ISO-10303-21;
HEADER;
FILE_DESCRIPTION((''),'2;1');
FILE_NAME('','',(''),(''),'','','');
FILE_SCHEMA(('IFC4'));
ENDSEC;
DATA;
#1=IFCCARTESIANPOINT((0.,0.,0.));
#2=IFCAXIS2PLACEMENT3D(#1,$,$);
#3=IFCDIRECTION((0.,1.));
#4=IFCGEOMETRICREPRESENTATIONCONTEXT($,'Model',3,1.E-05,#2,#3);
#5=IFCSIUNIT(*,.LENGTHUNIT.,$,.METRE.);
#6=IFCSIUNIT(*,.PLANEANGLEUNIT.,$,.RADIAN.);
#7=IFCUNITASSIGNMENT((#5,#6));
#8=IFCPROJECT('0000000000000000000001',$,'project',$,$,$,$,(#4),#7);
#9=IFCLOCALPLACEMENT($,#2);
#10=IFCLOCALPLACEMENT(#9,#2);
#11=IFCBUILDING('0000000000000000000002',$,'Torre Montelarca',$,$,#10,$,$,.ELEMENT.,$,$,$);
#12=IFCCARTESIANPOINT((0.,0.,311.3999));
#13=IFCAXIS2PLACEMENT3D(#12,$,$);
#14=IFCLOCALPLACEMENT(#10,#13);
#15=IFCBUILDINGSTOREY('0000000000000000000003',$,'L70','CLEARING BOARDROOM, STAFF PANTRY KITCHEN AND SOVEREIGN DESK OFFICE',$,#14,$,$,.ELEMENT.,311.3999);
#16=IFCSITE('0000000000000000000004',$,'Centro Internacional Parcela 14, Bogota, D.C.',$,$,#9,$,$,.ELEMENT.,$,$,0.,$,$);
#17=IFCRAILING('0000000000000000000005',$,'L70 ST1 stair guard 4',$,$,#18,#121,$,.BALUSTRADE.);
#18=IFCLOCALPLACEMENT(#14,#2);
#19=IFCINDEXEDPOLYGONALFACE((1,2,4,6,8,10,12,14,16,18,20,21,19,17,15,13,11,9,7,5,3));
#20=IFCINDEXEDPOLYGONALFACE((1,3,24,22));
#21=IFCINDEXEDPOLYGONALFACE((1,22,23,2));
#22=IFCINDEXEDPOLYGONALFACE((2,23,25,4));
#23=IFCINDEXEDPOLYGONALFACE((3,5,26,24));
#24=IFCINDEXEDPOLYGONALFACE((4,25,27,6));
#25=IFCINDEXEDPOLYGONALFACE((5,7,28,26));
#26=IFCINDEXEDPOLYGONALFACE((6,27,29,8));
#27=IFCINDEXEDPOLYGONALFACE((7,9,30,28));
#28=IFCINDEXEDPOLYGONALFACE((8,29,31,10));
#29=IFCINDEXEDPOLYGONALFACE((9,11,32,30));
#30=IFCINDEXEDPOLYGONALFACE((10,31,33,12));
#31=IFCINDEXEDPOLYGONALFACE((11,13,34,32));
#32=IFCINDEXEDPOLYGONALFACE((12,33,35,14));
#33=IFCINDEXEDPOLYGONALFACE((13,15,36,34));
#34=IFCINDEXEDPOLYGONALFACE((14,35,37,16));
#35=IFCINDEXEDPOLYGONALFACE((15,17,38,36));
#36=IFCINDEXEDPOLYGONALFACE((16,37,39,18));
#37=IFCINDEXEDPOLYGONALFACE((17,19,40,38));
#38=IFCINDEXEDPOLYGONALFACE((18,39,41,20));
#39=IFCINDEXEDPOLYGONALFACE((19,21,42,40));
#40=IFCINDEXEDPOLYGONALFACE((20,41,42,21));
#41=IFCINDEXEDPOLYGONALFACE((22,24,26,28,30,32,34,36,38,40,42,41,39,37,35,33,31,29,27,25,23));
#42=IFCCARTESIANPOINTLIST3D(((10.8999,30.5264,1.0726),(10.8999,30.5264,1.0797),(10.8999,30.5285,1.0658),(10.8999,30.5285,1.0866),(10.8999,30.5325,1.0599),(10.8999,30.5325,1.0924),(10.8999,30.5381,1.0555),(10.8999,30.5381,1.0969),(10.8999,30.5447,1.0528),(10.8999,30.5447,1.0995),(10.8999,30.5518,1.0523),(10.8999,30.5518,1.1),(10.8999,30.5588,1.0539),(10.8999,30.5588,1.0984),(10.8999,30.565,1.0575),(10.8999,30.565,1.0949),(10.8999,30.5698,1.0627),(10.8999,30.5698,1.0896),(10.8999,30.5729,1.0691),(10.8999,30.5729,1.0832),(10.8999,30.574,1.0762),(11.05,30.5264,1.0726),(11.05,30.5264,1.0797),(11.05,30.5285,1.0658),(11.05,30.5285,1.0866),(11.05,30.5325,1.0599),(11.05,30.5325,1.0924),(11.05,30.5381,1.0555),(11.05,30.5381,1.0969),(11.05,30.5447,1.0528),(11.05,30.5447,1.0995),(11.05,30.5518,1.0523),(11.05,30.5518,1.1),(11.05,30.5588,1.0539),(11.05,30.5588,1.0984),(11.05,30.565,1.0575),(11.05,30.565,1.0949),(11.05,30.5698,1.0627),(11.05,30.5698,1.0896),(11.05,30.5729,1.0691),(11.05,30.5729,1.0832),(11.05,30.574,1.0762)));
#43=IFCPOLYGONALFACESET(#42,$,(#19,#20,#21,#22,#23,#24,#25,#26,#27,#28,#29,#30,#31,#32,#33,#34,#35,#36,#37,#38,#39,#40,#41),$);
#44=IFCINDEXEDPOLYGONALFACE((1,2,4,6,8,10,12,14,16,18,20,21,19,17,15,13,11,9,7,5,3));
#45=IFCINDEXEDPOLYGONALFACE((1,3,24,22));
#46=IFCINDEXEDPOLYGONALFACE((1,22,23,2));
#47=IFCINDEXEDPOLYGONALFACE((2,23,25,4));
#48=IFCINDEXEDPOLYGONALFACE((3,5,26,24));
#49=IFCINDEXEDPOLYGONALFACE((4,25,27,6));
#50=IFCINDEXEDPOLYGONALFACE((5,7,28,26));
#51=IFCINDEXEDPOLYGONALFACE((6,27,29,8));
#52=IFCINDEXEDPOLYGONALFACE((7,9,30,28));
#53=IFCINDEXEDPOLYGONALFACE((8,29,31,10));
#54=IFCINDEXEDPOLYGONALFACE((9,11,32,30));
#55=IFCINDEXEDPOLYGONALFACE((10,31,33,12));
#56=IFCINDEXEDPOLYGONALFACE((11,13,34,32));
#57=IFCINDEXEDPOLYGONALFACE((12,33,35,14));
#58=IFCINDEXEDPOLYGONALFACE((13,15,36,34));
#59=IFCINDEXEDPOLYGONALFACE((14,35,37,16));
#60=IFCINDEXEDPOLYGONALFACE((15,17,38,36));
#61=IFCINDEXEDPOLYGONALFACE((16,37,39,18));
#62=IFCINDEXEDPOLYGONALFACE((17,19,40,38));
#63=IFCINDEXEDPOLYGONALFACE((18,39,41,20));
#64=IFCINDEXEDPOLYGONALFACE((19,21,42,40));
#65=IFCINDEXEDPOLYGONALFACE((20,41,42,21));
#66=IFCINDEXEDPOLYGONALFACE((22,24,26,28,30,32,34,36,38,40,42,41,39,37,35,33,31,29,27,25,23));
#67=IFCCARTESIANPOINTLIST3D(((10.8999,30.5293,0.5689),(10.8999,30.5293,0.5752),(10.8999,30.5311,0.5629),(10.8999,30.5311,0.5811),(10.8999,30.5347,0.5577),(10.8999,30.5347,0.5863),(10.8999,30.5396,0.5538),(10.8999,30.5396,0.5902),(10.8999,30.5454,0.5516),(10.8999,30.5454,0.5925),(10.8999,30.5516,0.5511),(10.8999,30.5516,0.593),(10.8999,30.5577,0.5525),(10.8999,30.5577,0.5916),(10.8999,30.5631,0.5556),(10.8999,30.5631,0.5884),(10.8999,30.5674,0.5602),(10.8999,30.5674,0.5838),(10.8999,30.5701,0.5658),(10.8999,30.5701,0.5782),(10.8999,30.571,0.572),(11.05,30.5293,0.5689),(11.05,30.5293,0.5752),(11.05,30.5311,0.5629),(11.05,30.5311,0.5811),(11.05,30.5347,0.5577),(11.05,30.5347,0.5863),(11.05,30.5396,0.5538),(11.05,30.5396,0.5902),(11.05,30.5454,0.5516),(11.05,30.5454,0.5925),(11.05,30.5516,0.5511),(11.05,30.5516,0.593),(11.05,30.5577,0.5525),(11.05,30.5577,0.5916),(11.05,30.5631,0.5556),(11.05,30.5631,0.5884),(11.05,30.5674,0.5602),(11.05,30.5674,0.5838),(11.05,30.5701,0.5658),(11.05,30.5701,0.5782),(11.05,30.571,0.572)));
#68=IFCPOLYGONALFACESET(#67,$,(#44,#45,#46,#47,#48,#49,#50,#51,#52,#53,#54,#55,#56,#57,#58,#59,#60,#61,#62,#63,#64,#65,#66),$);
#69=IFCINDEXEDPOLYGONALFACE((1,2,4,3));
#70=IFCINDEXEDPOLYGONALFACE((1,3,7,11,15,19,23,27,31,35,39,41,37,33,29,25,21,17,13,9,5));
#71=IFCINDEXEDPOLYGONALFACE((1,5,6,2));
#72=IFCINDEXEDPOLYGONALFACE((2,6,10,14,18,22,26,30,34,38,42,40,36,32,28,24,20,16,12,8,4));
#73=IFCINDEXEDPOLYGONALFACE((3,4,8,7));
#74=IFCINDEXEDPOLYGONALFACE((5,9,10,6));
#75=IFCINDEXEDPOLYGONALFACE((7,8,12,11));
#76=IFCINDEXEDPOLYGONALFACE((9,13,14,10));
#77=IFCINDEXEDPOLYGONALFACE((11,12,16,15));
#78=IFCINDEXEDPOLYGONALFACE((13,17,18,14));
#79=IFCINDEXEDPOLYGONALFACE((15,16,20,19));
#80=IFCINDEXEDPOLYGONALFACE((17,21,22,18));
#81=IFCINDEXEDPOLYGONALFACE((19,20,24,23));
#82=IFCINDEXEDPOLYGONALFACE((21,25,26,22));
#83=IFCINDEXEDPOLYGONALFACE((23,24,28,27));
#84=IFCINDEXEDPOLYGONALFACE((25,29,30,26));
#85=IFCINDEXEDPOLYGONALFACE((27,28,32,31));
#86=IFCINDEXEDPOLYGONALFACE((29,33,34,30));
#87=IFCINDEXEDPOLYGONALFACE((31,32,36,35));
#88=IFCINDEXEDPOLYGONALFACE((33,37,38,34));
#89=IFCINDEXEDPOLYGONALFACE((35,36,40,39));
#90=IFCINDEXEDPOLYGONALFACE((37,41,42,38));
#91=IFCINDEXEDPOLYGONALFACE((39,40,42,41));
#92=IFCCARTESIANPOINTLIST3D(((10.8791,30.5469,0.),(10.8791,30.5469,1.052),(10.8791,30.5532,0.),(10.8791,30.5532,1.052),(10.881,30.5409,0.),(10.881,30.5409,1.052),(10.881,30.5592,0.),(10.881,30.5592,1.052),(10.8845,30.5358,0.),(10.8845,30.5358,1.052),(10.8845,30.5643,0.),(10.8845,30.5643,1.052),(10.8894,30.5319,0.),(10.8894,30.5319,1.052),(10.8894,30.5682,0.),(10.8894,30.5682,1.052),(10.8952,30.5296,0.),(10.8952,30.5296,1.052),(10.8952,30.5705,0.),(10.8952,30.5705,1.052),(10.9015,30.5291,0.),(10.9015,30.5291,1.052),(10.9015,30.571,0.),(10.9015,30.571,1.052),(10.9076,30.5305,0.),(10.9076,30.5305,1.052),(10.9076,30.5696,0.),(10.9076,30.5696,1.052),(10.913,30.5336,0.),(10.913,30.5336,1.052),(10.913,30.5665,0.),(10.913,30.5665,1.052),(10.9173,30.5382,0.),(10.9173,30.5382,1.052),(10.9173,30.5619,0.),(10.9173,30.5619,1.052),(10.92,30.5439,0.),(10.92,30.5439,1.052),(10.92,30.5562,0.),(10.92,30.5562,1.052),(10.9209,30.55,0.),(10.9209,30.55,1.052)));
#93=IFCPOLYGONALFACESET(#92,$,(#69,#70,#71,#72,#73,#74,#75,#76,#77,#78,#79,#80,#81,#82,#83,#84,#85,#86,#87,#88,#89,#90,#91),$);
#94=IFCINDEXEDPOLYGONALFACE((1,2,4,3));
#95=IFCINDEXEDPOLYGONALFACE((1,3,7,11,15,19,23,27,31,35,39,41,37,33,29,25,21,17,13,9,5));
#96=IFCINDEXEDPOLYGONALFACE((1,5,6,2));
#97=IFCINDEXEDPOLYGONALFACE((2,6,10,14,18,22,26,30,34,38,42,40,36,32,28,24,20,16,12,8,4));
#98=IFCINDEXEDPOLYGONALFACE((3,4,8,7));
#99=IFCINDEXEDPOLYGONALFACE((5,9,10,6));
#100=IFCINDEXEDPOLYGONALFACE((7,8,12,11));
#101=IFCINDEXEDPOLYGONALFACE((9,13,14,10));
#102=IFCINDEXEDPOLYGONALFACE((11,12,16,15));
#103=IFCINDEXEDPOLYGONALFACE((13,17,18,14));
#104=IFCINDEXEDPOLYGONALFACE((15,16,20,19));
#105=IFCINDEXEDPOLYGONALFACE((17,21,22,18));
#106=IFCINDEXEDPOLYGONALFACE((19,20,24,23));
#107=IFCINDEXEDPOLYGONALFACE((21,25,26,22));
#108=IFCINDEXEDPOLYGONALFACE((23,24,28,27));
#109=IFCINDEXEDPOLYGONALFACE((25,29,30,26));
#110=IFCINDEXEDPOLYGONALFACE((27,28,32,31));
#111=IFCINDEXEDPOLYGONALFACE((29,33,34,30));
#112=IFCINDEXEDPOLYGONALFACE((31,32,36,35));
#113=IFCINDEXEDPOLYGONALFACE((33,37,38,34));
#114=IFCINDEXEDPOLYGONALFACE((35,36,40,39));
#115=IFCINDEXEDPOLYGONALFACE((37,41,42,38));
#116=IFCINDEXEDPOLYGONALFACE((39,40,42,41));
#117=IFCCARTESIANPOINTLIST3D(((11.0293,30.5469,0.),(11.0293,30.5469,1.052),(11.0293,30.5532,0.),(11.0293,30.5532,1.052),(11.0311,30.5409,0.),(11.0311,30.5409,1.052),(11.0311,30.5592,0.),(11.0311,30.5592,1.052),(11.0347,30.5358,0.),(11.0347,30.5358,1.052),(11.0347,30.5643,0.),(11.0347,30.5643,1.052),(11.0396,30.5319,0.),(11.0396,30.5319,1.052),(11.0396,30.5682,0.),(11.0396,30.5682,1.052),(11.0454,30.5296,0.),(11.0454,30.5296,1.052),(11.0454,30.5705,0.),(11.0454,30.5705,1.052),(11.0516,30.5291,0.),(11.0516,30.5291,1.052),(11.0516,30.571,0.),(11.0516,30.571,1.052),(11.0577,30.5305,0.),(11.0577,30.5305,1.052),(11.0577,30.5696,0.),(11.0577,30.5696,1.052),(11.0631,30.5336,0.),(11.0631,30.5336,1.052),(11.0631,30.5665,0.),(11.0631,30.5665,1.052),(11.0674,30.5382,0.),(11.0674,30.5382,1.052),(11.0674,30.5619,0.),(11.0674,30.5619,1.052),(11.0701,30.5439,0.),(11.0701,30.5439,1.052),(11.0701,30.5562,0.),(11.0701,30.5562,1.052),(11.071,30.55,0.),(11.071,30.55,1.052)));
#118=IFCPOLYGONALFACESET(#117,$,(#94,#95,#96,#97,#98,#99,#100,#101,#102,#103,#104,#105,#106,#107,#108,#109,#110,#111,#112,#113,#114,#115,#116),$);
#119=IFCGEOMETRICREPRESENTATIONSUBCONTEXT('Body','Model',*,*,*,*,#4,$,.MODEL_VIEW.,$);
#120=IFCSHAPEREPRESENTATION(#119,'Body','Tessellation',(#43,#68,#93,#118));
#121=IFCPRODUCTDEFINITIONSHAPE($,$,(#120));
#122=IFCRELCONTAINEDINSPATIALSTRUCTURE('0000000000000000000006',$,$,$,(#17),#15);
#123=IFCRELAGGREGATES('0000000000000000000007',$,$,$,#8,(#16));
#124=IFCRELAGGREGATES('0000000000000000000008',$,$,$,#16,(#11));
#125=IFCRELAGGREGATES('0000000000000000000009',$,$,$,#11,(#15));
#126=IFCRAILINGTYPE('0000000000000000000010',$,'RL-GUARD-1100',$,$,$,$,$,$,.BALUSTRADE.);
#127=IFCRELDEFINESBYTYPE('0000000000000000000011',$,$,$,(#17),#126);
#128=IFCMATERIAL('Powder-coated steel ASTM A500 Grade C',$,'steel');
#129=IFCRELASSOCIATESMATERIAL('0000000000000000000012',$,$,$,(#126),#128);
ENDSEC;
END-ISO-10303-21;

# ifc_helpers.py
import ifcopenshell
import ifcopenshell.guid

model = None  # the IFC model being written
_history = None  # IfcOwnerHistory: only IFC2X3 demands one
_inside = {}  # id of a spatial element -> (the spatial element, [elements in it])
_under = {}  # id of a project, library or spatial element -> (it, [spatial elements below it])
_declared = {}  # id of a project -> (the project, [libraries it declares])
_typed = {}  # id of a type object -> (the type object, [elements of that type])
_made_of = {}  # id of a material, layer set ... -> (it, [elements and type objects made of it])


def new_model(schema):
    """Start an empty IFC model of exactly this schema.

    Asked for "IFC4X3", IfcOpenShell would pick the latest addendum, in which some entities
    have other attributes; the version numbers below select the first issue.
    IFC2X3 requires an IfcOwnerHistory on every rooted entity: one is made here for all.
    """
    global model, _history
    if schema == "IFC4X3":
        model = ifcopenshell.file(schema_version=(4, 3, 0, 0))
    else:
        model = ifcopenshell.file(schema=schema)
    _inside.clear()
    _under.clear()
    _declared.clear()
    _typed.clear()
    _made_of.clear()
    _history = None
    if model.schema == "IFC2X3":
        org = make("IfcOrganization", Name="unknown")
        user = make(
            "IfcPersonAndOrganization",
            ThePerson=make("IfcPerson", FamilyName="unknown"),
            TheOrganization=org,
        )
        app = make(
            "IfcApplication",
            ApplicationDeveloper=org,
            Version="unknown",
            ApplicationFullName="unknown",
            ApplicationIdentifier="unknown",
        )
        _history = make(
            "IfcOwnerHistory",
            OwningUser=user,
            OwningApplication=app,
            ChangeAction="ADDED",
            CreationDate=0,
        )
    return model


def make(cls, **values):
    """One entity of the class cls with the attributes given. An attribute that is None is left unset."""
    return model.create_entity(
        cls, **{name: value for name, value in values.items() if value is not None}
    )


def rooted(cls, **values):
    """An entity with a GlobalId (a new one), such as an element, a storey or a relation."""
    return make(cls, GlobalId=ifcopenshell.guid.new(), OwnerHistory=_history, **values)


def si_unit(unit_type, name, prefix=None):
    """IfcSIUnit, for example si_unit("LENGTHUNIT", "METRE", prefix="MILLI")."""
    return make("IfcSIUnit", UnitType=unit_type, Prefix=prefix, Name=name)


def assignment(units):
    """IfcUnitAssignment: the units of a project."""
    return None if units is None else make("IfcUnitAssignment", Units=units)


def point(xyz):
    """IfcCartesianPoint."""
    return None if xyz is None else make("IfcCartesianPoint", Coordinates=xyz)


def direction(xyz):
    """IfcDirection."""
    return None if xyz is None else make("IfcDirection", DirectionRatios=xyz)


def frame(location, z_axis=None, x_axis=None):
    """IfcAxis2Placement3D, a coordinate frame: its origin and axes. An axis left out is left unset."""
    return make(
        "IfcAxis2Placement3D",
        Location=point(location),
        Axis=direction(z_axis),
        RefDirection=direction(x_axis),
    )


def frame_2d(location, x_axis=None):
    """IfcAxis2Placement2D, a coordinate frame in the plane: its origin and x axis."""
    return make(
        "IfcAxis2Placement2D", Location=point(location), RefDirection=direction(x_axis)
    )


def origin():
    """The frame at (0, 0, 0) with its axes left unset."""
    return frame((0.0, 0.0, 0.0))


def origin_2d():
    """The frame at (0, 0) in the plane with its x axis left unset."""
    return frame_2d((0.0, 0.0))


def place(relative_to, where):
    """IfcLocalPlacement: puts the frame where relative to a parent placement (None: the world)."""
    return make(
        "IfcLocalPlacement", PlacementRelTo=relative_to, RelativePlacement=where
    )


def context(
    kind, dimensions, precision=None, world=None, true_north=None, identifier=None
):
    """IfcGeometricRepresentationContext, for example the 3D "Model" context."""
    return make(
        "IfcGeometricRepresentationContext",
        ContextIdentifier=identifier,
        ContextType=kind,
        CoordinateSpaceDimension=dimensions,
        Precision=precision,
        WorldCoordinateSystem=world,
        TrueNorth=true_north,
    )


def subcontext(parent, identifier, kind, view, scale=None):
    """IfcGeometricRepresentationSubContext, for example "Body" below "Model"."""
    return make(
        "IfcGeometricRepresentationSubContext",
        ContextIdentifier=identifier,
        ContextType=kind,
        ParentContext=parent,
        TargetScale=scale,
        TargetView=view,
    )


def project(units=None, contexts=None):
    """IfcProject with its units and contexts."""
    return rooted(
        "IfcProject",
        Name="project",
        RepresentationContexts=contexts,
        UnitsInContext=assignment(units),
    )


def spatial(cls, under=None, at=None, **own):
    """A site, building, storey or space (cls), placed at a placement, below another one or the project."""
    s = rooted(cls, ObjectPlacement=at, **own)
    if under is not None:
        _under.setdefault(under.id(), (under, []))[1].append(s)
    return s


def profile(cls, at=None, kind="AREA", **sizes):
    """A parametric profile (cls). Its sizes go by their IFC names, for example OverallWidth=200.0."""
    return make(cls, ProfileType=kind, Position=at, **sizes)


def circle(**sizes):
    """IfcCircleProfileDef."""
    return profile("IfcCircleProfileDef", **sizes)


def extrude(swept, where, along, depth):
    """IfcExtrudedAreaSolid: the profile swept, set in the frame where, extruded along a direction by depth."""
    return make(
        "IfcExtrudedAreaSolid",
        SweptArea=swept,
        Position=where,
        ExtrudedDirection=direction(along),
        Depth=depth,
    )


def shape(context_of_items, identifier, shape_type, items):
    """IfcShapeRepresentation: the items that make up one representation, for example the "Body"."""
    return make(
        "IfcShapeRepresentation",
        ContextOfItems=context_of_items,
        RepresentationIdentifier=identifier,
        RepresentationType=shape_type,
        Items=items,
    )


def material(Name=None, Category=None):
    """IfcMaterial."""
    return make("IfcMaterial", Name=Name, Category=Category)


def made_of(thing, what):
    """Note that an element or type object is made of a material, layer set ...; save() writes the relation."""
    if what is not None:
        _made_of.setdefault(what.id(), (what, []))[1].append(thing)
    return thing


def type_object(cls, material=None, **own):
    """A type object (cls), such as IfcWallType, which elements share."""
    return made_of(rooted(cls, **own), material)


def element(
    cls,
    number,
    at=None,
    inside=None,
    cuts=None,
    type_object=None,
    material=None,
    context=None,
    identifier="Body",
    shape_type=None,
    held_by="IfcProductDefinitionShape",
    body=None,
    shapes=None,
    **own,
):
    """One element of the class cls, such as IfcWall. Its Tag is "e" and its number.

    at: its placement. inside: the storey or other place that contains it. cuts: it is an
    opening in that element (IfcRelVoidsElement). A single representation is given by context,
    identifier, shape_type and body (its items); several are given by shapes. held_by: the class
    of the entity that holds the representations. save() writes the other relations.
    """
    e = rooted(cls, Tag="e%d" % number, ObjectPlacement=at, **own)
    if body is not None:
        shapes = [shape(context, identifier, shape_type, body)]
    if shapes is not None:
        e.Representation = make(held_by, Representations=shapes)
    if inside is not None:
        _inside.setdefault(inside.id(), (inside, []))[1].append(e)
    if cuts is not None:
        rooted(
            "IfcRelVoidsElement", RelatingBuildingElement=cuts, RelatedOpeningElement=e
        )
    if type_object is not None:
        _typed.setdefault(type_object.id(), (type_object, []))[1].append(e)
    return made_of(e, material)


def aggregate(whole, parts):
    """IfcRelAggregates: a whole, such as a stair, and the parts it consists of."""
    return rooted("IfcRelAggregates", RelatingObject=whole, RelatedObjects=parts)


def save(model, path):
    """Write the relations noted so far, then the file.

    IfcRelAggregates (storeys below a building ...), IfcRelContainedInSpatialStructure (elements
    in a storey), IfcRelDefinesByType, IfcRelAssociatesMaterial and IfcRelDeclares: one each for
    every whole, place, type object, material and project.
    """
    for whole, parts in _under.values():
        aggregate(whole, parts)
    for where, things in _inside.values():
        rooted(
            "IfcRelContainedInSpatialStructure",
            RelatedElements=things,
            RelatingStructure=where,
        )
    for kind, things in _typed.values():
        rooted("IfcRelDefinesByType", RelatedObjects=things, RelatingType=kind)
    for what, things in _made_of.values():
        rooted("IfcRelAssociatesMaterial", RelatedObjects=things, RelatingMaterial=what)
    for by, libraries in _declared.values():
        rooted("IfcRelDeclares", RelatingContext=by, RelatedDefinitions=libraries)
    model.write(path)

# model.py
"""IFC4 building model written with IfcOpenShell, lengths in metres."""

from ifc_helpers import new_model, si_unit, direction, frame, origin, origin_2d, place, context, subcontext, project, spatial, circle, extrude, material, type_object, element, save


model = new_model("IFC4")

# Units and contexts
model_context = context("Model", 3, precision=1e-05, world=origin(), true_north=direction((0.0, 1.0)))
body_context = subcontext(model_context, "Body", "Model", "MODEL_VIEW")
ifc_project = project(units=[si_unit("LENGTHUNIT", "METRE"), si_unit("PLANEANGLEUNIT", "RADIAN")], contexts=[model_context])

# Site, building, storey
site_placement = place(None, origin())
site = spatial("IfcSite", under=ifc_project, at=site_placement, Name="Centro Internacional Parcela 14, Bogota, D.C.", CompositionType="ELEMENT", RefElevation=0.0)
building_placement = place(site_placement, origin())
building = spatial("IfcBuilding", under=site, at=building_placement, Name="Torre Montelarca", CompositionType="ELEMENT")
storey_placement = place(building_placement, frame((0.0, 0.0, 311.3999)))
storey = spatial("IfcBuildingStorey", under=building, at=storey_placement, Name="L70", Description="CLEARING BOARDROOM, STAFF PANTRY KITCHEN AND SOVEREIGN DESK OFFICE", CompositionType="ELEMENT", Elevation=311.3999)

# Railing
ifc_material_1 = material(Name="Powder-coated steel ASTM A500 Grade C", Category="steel")
railing_type = type_object("IfcRailingType", Name="RL-GUARD-1100", PredefinedType="BALUSTRADE", material=ifc_material_1)
railing_placement = place(storey_placement, frame((10.8999, 30.55, 0.0)))
element("IfcRailing", 1, at=railing_placement, inside=storey, type_object=railing_type, Name="L70 ST1 stair guard 4", PredefinedType="BALUSTRADE", context=body_context, shape_type="SweptSolid", body=[
    extrude(circle(Radius=0.0239, at=origin_2d()), frame((0.0, 0.0, 1.0762), z_axis=(1.0, 0.0, 0.0), x_axis=(0.0, 1.0, 0.0)), (0.0, 0.0, 1.0), 0.1501),
    extrude(circle(Radius=0.021, at=origin_2d()), frame((0.0, 0.0, 0.572), z_axis=(1.0, 0.0, 0.0), x_axis=(0.0, 1.0, 0.0)), (0.0, 0.0, 1.0), 0.1501),
    extrude(circle(Radius=0.021, at=origin_2d()), origin(), (0.0, 0.0, 1.0), 1.052),
    extrude(circle(Radius=0.021, at=origin_2d()), frame((0.1501, 0.0, 0.0)), (0.0, 0.0, 1.0), 1.052),
])

save(model, "model.ifc")
